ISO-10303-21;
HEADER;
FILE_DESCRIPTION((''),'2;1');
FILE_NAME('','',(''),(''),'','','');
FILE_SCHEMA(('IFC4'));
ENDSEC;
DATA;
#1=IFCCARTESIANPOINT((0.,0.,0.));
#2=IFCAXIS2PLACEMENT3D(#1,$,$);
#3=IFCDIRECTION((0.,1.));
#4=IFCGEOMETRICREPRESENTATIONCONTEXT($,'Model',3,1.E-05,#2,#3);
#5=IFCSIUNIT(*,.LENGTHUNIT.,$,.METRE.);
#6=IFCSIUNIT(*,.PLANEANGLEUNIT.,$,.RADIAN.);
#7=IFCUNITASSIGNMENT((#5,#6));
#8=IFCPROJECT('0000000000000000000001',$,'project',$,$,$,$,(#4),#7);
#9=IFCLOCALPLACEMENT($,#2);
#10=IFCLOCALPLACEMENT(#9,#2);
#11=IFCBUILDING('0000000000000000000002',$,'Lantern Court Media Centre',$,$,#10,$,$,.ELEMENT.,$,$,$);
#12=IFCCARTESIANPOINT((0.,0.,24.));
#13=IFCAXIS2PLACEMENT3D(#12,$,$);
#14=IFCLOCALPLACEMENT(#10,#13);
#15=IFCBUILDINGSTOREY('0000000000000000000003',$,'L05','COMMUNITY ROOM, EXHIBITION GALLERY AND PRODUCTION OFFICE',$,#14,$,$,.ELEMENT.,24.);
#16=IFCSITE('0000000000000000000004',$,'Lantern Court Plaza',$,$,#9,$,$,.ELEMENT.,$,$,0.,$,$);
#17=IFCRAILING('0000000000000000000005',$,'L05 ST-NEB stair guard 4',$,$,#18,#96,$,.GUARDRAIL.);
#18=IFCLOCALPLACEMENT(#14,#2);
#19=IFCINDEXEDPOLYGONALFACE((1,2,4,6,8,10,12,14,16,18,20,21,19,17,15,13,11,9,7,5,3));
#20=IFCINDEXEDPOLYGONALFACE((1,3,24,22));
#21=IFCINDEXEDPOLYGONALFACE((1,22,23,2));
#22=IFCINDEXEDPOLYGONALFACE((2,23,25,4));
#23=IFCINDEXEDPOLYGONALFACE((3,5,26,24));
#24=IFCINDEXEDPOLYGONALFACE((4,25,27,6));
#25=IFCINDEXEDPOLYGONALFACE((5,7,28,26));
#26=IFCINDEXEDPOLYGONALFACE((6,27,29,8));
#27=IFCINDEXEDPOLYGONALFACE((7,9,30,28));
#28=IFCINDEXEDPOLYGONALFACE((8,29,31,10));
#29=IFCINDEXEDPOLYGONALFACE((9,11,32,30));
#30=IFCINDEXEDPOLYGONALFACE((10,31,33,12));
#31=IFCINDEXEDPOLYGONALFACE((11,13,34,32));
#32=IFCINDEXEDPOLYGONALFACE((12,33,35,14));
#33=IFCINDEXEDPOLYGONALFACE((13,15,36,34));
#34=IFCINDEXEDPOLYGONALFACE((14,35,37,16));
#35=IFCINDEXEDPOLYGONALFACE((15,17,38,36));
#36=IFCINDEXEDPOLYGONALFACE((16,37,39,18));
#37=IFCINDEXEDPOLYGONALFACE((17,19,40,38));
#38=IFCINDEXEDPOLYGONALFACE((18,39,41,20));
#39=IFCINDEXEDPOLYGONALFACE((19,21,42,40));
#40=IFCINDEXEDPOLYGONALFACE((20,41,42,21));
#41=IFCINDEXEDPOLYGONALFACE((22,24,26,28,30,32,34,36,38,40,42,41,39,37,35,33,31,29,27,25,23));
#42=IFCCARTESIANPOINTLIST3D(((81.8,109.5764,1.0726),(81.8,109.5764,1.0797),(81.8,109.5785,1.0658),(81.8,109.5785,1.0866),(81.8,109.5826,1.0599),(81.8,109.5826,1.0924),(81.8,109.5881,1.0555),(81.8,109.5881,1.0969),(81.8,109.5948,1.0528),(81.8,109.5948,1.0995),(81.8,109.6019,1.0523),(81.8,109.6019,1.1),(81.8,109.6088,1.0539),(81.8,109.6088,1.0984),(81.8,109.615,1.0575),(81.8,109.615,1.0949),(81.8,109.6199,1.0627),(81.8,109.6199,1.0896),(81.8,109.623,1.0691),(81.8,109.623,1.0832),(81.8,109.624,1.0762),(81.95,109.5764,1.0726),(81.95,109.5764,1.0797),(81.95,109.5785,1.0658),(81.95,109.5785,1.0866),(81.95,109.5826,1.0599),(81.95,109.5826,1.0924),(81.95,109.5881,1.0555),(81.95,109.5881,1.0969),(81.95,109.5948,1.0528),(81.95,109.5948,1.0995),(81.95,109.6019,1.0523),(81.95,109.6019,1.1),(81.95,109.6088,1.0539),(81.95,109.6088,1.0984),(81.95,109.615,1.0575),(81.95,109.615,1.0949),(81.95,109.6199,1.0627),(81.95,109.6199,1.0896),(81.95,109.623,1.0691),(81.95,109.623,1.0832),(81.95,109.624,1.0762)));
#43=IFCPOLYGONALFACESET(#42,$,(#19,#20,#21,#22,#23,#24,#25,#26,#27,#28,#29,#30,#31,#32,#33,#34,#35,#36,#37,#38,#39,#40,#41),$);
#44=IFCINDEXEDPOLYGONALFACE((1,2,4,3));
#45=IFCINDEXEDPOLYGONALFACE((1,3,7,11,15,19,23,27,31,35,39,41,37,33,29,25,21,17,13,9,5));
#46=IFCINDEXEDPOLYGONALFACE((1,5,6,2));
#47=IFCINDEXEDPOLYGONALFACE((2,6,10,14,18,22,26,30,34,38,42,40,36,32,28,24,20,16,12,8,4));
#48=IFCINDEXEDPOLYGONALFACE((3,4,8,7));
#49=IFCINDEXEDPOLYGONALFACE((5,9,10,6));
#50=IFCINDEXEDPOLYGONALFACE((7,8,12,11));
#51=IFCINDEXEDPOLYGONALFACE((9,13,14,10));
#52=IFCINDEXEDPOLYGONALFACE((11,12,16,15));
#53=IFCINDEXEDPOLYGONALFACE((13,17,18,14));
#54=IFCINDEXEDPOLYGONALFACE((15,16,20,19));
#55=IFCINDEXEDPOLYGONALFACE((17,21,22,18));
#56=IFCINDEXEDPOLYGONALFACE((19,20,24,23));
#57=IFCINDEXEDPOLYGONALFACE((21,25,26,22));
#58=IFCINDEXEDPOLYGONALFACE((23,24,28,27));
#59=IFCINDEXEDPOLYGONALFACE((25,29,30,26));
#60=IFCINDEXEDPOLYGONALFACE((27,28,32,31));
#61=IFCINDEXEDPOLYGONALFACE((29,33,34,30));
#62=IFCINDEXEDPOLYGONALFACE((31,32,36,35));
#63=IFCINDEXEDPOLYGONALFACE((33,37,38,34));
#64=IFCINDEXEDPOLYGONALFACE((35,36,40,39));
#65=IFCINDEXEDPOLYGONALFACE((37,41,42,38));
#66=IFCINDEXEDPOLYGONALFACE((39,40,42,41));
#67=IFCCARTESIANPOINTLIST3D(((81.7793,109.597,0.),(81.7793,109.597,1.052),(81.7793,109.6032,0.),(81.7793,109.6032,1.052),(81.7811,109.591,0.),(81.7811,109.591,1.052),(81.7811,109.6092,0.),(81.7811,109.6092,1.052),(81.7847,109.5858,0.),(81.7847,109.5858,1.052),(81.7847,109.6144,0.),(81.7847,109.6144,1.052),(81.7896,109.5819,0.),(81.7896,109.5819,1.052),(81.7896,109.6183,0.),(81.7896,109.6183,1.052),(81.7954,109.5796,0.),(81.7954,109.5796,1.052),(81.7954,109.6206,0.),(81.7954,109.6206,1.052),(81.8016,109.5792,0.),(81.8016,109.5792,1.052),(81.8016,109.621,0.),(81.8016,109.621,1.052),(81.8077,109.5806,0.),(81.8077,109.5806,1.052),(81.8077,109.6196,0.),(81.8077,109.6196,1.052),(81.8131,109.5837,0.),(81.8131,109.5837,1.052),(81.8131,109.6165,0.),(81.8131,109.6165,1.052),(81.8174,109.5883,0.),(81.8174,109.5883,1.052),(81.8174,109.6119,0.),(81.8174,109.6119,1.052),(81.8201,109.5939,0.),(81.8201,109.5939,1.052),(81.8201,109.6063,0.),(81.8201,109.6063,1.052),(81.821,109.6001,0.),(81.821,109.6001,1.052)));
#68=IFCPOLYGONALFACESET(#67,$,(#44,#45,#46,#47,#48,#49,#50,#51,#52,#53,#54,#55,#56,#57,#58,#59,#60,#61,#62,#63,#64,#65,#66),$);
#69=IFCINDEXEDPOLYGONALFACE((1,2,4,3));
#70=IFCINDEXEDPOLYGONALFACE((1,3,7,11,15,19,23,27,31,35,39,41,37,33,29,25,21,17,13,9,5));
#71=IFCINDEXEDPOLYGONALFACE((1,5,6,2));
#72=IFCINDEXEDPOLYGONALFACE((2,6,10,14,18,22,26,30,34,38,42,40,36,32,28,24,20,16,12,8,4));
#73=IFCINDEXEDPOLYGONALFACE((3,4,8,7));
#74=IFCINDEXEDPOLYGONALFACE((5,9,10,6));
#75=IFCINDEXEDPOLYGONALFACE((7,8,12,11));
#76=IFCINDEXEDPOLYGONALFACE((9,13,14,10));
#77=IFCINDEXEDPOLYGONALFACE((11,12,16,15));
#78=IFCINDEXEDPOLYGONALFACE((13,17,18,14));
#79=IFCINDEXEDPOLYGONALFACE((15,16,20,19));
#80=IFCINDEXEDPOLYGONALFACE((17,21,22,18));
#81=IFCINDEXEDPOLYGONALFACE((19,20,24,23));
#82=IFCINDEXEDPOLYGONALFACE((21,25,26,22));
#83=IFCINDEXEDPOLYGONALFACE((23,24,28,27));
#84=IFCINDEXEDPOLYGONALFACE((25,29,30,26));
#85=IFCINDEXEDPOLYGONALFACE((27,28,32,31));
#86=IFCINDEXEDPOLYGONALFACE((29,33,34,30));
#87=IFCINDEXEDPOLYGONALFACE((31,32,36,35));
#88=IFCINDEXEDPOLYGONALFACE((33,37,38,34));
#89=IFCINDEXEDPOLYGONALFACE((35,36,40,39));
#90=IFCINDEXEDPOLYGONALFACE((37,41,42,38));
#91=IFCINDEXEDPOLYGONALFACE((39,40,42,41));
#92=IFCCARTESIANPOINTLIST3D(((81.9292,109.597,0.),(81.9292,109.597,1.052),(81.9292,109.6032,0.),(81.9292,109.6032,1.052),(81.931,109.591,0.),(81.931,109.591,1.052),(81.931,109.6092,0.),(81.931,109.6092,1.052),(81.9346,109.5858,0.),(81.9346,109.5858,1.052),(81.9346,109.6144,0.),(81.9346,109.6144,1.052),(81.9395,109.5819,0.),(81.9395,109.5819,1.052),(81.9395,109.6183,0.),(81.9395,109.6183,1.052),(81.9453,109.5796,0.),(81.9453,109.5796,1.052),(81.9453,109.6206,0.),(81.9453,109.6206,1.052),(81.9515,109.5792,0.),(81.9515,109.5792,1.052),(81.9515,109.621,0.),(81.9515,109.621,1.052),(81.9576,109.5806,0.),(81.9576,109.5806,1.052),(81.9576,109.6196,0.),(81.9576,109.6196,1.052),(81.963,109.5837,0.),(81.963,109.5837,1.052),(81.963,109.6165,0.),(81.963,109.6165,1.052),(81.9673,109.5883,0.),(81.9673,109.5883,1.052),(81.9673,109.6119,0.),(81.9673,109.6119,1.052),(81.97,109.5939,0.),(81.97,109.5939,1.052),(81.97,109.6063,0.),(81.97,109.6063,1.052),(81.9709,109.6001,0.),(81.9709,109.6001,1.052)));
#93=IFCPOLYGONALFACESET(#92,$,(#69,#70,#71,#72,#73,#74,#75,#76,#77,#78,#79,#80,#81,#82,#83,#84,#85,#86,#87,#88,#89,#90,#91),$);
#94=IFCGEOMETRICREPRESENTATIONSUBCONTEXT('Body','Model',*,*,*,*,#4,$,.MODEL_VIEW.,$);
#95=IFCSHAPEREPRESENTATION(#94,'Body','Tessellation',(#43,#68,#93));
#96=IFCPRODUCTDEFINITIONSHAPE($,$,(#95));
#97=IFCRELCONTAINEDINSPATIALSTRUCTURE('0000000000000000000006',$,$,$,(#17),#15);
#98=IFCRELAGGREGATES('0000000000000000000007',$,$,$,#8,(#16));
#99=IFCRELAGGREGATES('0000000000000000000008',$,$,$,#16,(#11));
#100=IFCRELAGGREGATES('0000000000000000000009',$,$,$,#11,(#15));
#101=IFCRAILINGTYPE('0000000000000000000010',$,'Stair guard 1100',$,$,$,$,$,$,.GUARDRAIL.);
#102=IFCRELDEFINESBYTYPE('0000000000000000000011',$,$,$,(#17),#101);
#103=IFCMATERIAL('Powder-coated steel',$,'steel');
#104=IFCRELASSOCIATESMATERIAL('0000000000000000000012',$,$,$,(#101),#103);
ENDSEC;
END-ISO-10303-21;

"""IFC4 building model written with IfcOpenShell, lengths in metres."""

from ifc_helpers import new_model, si_unit, direction, frame, origin, origin_2d, place, context, subcontext, project, spatial, circle, extrude, material, type_object, element, save


model = new_model("IFC4")

# Units and contexts
model_context = context("Model", 3, precision=1e-05, world=origin(), true_north=direction((0.0, 1.0)))
body_context = subcontext(model_context, "Body", "Model", "MODEL_VIEW")
ifc_project = project(units=[si_unit("LENGTHUNIT", "METRE"), si_unit("PLANEANGLEUNIT", "RADIAN")], contexts=[model_context])

# Site, building, storey
site_placement = place(None, origin())
site = spatial("IfcSite", under=ifc_project, at=site_placement, Name="Lantern Court Plaza", CompositionType="ELEMENT", RefElevation=0.0)
building_placement = place(site_placement, origin())
building = spatial("IfcBuilding", under=site, at=building_placement, Name="Lantern Court Media Centre", CompositionType="ELEMENT")
storey_placement = place(building_placement, frame((0.0, 0.0, 24.0)))
storey = spatial("IfcBuildingStorey", under=building, at=storey_placement, Name="L05", Description="COMMUNITY ROOM, EXHIBITION GALLERY AND PRODUCTION OFFICE", CompositionType="ELEMENT", Elevation=24.0)

# Shared definitions
ifc_material_1 = material(Name="Powder-coated steel", Category="steel")

# Railing
railing_type_1 = type_object("IfcRailingType", Name="Stair guard 1100", PredefinedType="GUARDRAIL", material=ifc_material_1)
railing_1_placement = place(storey_placement, frame((81.8, 109.6001, 0.0)))
element("IfcRailing", 1, at=railing_1_placement, inside=storey, type_object=railing_type_1, Name="L05 ST-NEB stair guard 4", PredefinedType="GUARDRAIL", context=body_context, shape_type="SweptSolid", body=[
    extrude(circle(Radius=0.0239, at=origin_2d()), frame((0.0, 0.0, 1.0762), z_axis=(1.0, 0.0, 0.0), x_axis=(0.0, 1.0, 0.0)), (0.0, 0.0, 1.0), 0.1499),
    extrude(circle(Radius=0.021, at=origin_2d()), origin(), (0.0, 0.0, 1.0), 1.052),
    extrude(circle(Radius=0.021, at=origin_2d()), frame((0.1499, 0.0, 0.0)), (0.0, 0.0, 1.0), 1.052),
])

save(model, "model.ifc")
